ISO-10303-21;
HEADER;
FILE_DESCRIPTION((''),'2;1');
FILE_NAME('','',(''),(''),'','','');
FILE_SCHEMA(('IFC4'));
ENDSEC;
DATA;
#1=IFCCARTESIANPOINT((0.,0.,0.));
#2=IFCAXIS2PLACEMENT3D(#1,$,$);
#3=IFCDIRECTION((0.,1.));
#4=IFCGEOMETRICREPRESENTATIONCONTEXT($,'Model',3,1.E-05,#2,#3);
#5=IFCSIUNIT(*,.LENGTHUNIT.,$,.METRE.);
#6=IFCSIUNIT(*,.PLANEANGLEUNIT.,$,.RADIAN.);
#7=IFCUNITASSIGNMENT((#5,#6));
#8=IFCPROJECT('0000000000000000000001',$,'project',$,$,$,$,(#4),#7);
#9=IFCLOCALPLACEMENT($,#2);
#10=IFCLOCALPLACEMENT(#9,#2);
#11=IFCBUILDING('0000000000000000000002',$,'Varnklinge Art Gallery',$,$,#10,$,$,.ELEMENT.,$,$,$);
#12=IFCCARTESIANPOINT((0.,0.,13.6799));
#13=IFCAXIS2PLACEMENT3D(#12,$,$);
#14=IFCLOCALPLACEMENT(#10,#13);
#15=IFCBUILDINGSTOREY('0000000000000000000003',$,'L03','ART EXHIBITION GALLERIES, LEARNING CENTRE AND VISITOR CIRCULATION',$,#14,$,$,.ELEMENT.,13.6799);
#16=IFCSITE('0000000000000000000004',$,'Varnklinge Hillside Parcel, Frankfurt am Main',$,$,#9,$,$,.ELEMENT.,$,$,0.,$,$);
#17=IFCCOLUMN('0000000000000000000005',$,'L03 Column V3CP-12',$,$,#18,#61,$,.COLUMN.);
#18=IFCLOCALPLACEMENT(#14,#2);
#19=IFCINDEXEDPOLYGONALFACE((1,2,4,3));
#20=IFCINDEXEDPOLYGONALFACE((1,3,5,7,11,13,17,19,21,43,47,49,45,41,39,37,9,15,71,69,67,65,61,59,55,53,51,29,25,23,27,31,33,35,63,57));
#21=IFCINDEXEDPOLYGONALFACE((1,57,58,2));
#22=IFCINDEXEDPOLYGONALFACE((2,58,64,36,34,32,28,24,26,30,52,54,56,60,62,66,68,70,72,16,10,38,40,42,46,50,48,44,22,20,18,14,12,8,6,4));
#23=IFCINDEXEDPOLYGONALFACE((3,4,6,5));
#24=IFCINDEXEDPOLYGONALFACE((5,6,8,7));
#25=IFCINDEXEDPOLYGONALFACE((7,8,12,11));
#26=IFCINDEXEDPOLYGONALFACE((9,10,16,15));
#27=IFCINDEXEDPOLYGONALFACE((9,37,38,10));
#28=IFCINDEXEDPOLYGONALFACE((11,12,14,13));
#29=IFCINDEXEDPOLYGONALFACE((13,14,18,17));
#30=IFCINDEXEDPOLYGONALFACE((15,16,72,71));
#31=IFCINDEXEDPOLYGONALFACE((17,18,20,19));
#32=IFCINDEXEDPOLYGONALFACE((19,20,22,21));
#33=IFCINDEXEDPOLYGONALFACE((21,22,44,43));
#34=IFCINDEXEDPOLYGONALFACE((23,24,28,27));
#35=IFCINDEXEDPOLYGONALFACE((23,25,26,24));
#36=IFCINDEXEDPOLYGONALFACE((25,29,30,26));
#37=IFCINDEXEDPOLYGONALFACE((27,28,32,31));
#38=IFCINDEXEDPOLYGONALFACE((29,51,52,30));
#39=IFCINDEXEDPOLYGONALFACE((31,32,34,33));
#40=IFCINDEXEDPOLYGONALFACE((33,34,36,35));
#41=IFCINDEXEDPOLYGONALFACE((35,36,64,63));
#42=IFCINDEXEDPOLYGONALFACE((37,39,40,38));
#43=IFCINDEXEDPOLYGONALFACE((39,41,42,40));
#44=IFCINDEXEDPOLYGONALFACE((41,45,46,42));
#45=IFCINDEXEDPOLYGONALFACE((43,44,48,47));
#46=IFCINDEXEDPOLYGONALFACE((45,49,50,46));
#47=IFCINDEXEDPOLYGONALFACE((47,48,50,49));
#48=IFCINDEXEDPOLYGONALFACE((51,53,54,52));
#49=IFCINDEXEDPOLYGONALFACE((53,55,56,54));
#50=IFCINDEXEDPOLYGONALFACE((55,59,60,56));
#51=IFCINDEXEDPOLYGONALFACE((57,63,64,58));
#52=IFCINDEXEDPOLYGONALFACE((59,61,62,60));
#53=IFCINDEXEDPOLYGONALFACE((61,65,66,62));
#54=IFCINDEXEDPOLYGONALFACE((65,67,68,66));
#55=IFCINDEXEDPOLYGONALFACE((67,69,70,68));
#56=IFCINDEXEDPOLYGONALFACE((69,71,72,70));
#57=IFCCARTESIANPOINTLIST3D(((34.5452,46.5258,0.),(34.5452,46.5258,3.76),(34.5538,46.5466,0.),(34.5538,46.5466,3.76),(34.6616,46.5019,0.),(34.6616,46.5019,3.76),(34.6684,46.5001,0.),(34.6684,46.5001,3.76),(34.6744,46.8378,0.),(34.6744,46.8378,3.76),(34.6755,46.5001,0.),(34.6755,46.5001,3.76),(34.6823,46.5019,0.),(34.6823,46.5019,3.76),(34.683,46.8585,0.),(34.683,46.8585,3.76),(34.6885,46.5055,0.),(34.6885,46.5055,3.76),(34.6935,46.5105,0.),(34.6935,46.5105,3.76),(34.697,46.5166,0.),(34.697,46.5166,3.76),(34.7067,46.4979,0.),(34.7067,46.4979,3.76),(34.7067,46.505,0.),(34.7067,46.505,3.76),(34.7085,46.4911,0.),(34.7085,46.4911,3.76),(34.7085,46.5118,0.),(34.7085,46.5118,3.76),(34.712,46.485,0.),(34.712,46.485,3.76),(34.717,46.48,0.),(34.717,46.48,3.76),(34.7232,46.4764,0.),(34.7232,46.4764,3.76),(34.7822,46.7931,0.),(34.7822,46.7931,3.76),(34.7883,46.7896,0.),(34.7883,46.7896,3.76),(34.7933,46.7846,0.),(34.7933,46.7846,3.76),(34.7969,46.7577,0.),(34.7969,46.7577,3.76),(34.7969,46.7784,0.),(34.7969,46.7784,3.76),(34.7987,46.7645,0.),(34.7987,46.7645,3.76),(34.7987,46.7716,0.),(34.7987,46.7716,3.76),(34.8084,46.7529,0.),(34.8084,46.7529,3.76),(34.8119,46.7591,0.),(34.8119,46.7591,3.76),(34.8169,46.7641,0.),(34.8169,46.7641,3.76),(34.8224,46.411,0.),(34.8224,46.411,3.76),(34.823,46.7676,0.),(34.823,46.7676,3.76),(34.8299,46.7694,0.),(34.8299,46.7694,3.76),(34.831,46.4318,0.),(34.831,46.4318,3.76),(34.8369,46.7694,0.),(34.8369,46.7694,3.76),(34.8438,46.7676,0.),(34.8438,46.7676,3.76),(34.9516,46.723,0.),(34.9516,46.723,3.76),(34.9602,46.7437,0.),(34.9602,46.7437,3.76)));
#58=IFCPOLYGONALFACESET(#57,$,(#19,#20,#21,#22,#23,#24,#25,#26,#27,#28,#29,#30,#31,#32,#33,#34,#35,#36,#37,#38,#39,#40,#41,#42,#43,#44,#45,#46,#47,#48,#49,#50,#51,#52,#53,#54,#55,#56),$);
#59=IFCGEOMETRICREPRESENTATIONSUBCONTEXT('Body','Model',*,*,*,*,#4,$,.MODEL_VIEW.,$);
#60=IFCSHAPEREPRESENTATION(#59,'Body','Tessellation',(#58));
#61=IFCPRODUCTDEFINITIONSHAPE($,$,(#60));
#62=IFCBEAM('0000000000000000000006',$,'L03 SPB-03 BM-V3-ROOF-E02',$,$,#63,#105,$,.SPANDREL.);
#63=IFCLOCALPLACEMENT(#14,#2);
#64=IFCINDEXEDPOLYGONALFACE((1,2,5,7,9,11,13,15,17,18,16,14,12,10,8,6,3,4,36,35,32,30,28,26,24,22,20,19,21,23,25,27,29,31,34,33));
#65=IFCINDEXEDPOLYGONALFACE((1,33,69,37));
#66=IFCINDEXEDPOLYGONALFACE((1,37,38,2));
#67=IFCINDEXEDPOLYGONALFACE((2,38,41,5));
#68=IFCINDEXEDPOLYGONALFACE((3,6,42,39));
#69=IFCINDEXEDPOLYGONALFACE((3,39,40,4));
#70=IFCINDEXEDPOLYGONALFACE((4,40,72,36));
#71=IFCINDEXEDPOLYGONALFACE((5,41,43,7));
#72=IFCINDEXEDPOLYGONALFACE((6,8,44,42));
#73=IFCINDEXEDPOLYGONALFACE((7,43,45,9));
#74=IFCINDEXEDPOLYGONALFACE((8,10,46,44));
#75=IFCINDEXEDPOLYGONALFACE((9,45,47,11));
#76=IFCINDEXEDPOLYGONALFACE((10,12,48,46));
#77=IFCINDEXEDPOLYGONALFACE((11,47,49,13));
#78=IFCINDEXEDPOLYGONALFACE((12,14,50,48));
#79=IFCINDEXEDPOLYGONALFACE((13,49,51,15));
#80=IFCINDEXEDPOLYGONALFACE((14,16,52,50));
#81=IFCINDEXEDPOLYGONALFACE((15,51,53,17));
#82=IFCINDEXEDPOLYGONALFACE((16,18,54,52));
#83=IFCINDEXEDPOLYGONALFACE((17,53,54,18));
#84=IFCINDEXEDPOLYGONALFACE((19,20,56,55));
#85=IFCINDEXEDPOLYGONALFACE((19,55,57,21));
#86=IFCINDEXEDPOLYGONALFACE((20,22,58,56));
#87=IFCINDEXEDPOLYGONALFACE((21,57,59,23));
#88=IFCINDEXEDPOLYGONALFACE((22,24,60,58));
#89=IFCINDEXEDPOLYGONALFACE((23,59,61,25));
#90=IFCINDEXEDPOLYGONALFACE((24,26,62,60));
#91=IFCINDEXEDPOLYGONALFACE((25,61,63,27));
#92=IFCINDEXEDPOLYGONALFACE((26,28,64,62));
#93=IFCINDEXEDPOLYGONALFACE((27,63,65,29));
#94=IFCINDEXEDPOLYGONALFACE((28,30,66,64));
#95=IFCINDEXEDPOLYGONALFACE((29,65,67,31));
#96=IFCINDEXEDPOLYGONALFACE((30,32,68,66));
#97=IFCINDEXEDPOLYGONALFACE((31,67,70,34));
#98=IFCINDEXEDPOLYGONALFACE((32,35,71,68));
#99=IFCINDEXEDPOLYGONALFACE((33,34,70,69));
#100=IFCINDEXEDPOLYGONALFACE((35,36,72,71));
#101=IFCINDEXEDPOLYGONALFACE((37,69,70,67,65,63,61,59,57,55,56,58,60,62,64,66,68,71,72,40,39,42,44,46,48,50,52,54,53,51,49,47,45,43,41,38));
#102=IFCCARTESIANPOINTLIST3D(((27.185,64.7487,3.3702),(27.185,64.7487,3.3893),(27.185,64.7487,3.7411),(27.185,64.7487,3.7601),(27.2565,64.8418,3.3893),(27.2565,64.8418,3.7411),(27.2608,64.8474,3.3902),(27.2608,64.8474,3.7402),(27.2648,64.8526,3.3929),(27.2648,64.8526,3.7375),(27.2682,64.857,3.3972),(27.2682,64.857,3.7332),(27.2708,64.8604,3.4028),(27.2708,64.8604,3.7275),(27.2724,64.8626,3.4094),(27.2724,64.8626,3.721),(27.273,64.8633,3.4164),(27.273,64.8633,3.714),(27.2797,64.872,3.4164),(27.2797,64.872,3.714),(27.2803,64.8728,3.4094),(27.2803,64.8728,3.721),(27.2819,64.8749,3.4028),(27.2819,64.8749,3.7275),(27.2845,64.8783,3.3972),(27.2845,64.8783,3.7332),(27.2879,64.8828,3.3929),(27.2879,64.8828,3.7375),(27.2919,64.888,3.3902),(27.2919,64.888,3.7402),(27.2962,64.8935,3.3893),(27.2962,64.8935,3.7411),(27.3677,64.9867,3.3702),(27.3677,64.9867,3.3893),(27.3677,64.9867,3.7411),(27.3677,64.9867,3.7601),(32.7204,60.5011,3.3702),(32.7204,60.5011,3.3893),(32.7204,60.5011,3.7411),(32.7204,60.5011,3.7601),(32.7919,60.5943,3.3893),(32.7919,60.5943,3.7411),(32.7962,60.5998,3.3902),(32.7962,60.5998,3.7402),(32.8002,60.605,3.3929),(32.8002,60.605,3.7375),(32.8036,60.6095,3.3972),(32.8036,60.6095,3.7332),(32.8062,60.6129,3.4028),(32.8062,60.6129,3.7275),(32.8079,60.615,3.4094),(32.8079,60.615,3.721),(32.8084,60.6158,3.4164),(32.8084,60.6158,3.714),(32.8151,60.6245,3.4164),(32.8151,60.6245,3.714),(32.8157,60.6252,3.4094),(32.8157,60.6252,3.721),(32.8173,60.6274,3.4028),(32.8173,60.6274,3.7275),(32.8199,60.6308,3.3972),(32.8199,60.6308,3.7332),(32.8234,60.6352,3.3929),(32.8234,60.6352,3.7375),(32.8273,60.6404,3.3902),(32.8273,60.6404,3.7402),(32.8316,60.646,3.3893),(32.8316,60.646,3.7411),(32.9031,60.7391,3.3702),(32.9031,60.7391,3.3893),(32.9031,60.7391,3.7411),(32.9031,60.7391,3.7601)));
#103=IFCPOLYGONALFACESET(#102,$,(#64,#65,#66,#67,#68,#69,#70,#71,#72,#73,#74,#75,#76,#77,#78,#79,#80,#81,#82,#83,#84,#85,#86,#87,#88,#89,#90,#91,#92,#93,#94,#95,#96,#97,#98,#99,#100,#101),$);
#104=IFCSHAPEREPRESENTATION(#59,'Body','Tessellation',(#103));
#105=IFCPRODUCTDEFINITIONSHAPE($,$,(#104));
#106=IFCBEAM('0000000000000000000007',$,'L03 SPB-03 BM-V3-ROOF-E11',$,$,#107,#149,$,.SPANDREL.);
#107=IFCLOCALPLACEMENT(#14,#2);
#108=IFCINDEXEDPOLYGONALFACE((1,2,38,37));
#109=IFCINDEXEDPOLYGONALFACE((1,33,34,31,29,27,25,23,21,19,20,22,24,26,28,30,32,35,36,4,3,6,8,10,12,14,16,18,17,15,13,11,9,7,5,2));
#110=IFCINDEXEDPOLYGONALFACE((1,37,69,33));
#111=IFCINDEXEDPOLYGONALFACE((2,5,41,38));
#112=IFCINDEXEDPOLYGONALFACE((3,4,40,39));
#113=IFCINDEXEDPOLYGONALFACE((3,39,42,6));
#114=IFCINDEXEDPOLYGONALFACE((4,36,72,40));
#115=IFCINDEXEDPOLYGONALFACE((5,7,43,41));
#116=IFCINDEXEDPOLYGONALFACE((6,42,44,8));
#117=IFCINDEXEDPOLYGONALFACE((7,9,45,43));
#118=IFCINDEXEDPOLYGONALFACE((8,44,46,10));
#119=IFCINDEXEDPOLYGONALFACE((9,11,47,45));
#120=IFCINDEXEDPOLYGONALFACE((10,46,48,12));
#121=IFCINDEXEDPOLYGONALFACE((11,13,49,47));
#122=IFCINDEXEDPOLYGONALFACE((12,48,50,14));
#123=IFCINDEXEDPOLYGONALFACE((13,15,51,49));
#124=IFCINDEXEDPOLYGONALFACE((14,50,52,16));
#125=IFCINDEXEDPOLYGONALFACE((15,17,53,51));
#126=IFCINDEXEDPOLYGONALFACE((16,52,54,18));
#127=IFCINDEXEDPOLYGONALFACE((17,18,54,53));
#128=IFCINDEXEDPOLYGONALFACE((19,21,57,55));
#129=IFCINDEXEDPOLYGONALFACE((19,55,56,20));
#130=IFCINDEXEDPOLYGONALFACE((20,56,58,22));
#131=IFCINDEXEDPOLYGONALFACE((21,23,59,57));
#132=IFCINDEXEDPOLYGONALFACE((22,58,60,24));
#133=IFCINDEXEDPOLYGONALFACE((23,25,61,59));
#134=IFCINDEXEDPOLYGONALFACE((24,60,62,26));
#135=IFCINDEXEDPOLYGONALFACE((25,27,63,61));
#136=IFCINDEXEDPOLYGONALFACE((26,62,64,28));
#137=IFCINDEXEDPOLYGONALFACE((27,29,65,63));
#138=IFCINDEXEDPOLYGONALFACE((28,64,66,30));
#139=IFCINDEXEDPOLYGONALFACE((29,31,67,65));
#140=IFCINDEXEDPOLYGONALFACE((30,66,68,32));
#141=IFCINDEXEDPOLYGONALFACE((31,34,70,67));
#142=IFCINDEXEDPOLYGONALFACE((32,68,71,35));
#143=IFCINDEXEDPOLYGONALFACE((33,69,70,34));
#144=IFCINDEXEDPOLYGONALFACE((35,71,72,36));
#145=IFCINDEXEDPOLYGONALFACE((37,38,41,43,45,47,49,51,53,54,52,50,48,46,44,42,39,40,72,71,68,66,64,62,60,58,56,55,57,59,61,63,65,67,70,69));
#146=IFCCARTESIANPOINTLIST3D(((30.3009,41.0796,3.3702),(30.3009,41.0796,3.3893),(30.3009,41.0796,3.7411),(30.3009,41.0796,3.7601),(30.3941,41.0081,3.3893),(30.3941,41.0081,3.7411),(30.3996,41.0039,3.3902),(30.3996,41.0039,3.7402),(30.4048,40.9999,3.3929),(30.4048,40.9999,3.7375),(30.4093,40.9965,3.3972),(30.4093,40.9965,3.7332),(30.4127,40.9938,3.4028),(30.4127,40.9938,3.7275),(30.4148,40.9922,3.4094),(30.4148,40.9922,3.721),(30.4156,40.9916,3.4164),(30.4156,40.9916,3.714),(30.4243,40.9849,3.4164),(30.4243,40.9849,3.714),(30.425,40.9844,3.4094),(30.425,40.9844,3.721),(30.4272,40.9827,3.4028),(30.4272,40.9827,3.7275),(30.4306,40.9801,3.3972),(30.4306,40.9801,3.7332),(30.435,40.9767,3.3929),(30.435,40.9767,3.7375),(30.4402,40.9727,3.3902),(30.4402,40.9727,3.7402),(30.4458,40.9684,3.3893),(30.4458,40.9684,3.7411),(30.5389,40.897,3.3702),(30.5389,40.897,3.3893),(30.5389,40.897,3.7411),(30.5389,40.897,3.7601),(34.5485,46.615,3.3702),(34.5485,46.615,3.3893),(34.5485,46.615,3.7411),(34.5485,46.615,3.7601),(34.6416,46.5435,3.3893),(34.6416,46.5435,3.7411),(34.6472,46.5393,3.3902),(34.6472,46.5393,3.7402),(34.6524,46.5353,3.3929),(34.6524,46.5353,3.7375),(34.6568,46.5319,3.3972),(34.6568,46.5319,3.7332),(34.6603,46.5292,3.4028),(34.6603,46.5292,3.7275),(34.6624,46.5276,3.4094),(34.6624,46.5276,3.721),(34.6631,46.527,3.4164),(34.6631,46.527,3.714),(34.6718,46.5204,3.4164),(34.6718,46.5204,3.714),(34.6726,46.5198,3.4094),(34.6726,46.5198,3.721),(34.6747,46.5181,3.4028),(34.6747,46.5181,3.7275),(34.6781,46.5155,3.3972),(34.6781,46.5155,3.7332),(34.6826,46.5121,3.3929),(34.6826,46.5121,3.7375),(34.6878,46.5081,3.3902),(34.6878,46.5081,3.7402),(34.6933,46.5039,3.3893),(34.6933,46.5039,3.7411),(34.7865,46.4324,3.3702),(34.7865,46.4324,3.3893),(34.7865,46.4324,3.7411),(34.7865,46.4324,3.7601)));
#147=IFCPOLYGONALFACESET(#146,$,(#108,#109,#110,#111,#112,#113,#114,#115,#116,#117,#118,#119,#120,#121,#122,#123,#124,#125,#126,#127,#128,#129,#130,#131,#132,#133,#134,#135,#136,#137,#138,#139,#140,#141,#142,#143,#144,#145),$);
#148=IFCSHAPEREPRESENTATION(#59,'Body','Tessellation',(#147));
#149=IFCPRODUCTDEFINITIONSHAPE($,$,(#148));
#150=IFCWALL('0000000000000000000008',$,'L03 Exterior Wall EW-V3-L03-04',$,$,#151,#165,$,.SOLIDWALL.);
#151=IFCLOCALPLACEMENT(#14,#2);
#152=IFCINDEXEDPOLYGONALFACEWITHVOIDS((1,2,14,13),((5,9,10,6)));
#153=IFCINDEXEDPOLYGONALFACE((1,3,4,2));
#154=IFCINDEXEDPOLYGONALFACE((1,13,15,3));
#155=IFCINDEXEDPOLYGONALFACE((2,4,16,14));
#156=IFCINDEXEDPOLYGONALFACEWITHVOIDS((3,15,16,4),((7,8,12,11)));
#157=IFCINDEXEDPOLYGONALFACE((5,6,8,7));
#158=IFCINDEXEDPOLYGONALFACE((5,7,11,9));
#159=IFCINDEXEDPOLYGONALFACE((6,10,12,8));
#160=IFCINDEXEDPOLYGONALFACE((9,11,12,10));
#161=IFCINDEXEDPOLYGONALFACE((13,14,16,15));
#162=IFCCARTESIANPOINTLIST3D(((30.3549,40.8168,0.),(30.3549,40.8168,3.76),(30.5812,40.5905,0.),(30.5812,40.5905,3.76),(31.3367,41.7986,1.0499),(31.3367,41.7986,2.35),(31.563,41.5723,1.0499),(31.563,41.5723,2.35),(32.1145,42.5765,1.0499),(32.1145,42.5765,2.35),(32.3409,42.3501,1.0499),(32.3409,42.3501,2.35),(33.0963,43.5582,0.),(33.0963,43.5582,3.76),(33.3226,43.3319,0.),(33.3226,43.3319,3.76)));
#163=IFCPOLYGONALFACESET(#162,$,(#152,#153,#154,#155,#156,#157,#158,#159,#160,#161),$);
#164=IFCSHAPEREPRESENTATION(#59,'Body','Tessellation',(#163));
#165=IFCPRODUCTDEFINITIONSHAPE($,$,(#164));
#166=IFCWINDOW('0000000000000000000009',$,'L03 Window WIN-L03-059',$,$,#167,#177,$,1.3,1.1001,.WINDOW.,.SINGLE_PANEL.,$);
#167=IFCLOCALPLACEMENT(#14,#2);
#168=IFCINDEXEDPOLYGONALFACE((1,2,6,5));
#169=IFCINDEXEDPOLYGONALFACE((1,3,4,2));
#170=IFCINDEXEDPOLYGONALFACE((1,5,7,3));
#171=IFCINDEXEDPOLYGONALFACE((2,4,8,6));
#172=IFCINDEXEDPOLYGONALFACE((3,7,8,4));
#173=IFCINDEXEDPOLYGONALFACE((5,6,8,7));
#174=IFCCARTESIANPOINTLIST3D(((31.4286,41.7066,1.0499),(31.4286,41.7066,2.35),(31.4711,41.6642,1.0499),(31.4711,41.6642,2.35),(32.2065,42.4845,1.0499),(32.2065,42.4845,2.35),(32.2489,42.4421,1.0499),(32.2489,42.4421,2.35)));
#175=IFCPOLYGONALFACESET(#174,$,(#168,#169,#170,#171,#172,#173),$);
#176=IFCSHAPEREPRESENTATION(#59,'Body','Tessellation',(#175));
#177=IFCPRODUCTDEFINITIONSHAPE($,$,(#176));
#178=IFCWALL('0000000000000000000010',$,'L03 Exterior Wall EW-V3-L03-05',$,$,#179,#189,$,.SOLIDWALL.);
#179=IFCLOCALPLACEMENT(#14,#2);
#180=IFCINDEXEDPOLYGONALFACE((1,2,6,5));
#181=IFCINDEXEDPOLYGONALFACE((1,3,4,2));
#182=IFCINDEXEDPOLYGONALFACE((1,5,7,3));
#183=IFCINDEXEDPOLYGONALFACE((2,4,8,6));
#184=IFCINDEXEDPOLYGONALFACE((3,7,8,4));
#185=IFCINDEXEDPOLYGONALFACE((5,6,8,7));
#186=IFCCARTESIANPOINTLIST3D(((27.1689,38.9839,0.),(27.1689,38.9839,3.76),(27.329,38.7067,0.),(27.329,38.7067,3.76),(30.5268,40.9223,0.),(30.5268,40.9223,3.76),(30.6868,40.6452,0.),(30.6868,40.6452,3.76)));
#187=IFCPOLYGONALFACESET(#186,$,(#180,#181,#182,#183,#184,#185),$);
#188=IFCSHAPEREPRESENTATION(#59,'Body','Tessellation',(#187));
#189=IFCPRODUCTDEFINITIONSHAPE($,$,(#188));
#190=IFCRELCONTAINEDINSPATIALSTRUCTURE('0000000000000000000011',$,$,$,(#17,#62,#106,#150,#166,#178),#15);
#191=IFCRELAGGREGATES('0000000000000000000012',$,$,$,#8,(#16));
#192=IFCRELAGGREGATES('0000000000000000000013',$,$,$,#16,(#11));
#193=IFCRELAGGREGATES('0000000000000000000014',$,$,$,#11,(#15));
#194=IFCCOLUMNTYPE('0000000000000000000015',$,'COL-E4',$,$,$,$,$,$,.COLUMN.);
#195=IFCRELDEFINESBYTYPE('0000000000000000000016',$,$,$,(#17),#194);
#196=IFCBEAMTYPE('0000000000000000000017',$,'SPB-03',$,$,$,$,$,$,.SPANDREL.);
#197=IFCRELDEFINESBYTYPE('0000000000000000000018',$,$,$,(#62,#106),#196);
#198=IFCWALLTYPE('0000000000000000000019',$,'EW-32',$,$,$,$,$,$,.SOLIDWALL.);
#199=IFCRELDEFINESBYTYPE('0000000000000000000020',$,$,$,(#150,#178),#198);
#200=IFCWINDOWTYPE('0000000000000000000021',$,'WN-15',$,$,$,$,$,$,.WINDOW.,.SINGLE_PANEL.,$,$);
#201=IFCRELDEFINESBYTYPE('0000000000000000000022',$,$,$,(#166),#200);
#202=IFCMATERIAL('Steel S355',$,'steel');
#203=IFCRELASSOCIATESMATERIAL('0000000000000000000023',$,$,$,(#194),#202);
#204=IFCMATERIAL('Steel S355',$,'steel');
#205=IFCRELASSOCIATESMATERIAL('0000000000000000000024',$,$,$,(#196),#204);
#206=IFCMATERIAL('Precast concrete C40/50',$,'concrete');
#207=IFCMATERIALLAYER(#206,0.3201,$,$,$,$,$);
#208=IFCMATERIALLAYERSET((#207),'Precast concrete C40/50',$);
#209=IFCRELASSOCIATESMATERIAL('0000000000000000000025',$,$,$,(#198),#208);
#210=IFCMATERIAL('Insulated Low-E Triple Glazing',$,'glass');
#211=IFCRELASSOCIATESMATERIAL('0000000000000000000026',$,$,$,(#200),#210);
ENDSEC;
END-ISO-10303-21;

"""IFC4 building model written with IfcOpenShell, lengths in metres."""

from ifc_helpers import new_model, si_unit, direction, frame, frame_2d, origin, origin_2d, place, context, subcontext, project, spatial, rectangle, i_section, extrude, material, layer, layer_set, material_profile, profile_set, type_object, element, fill, save


model = new_model("IFC4")

# Units and contexts
model_context = context("Model", 3, precision=1e-05, world=origin(), true_north=direction((0.0, 1.0)))
body_context = subcontext(model_context, "Body", "Model", "MODEL_VIEW")
ifc_project = project(units=[si_unit("LENGTHUNIT", "METRE"), si_unit("PLANEANGLEUNIT", "RADIAN")], contexts=[model_context])

# Site, building, storey
site_placement = place(None, origin())
site = spatial("IfcSite", under=ifc_project, at=site_placement, Name="Varnklinge Hillside Parcel, Frankfurt am Main", CompositionType="ELEMENT", RefElevation=0.0)
building_placement = place(site_placement, origin())
building = spatial("IfcBuilding", under=site, at=building_placement, Name="Varnklinge Art Gallery", CompositionType="ELEMENT")
storey_placement = place(building_placement, frame((0.0, 0.0, 13.6799)))
storey = spatial("IfcBuildingStorey", under=building, at=storey_placement, Name="L03", Description="ART EXHIBITION GALLERIES, LEARNING CENTRE AND VISITOR CIRCULATION", CompositionType="ELEMENT", Elevation=13.6799)

# Column
ifc_material_1 = material(Name="Steel S355", Category="steel")
ifc_material_profile_1 = material_profile(ifc_material_1, i_section(OverallWidth=0.3, OverallDepth=0.3601, WebThickness=0.0125, FlangeThickness=0.0225, FilletRadius=0.0271, at=origin_2d()), Name="HEB 360")
ifc_profile_set_1 = profile_set([ifc_material_profile_1], Name="Steel S355")
column_type_1 = type_object("IfcColumnType", Name="COL-E4", PredefinedType="COLUMN", material=ifc_profile_set_1)
for number, where, z_axis, x_axis, name in (
    (1, (34.7527, 46.6348, 0.0), (0.0, 0.0, 1.0), (0.92388, -0.382683, 0.0), "L03 Column V3CP-12"),
):
    element("IfcColumn", number, at=place(storey_placement, frame(where, z_axis=z_axis, x_axis=x_axis)), inside=storey, type_object=column_type_1, Name=name, PredefinedType="COLUMN", context=body_context, shape_type="SweptSolid", body=[
        extrude(i_section(OverallWidth=0.3, OverallDepth=0.3601, WebThickness=0.0125, FlangeThickness=0.0225, FilletRadius=0.0271, at=origin_2d()), origin(), (0.0, 0.0, 1.0), 3.76),
    ])

# Beams
ifc_material_2 = material(Name="Steel S355", Category="steel")
ifc_material_profile_2 = material_profile(ifc_material_2, i_section(OverallWidth=0.3, OverallDepth=0.3899, WebThickness=0.011, FlangeThickness=0.019, FilletRadius=0.0271, at=origin_2d()), Name="HEA 400")
ifc_profile_set_2 = profile_set([ifc_material_profile_2], Name="Steel S355")
beam_type = type_object("IfcBeamType", Name="SPB-03", PredefinedType="SPANDREL", material=ifc_profile_set_2)
for number, where, z_axis, x_axis, name in (
    (2, (32.8118, 60.6201, 3.5652), (-0.793347, 0.60877, 0.0), (-0.60877, -0.793347, 0.0), "L03 SPB-03 BM-V3-ROOF-E02"),
    (3, (30.4199, 40.9883, 3.5652), (0.60877, 0.793347, 0.0), (-0.793347, 0.60877, 0.0), "L03 SPB-03 BM-V3-ROOF-E11"),
):
    element("IfcBeam", number, at=place(storey_placement, frame(where, z_axis=z_axis, x_axis=x_axis)), inside=storey, type_object=beam_type, Name=name, PredefinedType="SPANDREL", context=body_context, shape_type="SweptSolid", body=[
        extrude(i_section(OverallWidth=0.3, OverallDepth=0.3899, WebThickness=0.011, FlangeThickness=0.019, FilletRadius=0.0271, at=origin_2d()), origin(), (0.0, 0.0, 1.0), 6.9773),
    ])

# Wall, opening, window
ifc_material_3 = material(Name="Precast concrete C40/50", Category="concrete")
ifc_layer_1 = layer(ifc_material_3, 0.3201)
ifc_layer_set_1 = layer_set([ifc_layer_1], Name="Precast concrete C40/50")
wall_type_1 = type_object("IfcWallType", Name="EW-32", PredefinedType="SOLIDWALL", material=ifc_layer_set_1)
wall_1_placement = place(storey_placement, frame((33.2095, 43.4451, 0.0), z_axis=(0.0, 0.0, 1.0), x_axis=(-0.707107, -0.707107, 0.0)))
wall_1 = element("IfcWall", 4, at=wall_1_placement, inside=storey, type_object=wall_type_1, Name="L03 Exterior Wall EW-V3-L03-04", PredefinedType="SOLIDWALL", context=body_context, shape_type="SweptSolid", body=[
    extrude(rectangle(XDim=3.877, YDim=0.3201, at=frame_2d((1.9385, 0.0))), origin(), (0.0, 0.0, 1.0), 3.76),
])
opening_1_placement = place(wall_1_placement, frame((1.3884, 0.0, 1.05)))
opening_1 = element("IfcOpeningElement", 5, at=opening_1_placement, cuts=wall_1, PredefinedType="OPENING", context=body_context, shape_type="SweptSolid", body=[
    extrude(rectangle(XDim=1.1001, YDim=1.3, at=frame_2d((0.55, 0.6499))), frame((0.0, 0.1702, 0.0), z_axis=(0.0, -1.0, 0.0), x_axis=(1.0, 0.0, 0.0)), (0.0, 0.0, 1.0), 0.3401),
])
ifc_material_4 = material(Name="Insulated Low-E Triple Glazing", Category="glass")
window_type = type_object("IfcWindowType", Name="WN-15", PartitioningType="SINGLE_PANEL", PredefinedType="WINDOW", material=ifc_material_4)
window_1_placement = place(opening_1_placement, origin())
window_1 = element("IfcWindow", 6, at=window_1_placement, inside=storey, type_object=window_type, Name="L03 Window WIN-L03-059", OverallHeight=1.3, OverallWidth=1.1001, PartitioningType="SINGLE_PANEL", PredefinedType="WINDOW", context=body_context, shape_type="SweptSolid", body=[
    extrude(rectangle(XDim=1.1001, YDim=1.3, at=frame_2d((0.55, 0.6499))), frame((0.0, 0.03, 0.0), z_axis=(0.0, -1.0, 0.0), x_axis=(1.0, 0.0, 0.0)), (0.0, 0.0, 1.0), 0.0601),
])
fill(opening_1, window_1)

# Wall
wall_2_placement = place(storey_placement, frame((30.6067, 40.7837, 0.0), z_axis=(0.0, 0.0, 1.0), x_axis=(-0.866049, -0.499959, 0.0)))
element("IfcWall", 7, at=wall_2_placement, inside=storey, type_object=wall_type_1, Name="L03 Exterior Wall EW-V3-L03-05", PredefinedType="SOLIDWALL", context=body_context, shape_type="SweptSolid", body=[
    extrude(rectangle(XDim=3.8772, YDim=0.3201, at=frame_2d((1.9385, 0.0))), origin(), (0.0, 0.0, 1.0), 3.76),
])

save(model, "model.ifc")
